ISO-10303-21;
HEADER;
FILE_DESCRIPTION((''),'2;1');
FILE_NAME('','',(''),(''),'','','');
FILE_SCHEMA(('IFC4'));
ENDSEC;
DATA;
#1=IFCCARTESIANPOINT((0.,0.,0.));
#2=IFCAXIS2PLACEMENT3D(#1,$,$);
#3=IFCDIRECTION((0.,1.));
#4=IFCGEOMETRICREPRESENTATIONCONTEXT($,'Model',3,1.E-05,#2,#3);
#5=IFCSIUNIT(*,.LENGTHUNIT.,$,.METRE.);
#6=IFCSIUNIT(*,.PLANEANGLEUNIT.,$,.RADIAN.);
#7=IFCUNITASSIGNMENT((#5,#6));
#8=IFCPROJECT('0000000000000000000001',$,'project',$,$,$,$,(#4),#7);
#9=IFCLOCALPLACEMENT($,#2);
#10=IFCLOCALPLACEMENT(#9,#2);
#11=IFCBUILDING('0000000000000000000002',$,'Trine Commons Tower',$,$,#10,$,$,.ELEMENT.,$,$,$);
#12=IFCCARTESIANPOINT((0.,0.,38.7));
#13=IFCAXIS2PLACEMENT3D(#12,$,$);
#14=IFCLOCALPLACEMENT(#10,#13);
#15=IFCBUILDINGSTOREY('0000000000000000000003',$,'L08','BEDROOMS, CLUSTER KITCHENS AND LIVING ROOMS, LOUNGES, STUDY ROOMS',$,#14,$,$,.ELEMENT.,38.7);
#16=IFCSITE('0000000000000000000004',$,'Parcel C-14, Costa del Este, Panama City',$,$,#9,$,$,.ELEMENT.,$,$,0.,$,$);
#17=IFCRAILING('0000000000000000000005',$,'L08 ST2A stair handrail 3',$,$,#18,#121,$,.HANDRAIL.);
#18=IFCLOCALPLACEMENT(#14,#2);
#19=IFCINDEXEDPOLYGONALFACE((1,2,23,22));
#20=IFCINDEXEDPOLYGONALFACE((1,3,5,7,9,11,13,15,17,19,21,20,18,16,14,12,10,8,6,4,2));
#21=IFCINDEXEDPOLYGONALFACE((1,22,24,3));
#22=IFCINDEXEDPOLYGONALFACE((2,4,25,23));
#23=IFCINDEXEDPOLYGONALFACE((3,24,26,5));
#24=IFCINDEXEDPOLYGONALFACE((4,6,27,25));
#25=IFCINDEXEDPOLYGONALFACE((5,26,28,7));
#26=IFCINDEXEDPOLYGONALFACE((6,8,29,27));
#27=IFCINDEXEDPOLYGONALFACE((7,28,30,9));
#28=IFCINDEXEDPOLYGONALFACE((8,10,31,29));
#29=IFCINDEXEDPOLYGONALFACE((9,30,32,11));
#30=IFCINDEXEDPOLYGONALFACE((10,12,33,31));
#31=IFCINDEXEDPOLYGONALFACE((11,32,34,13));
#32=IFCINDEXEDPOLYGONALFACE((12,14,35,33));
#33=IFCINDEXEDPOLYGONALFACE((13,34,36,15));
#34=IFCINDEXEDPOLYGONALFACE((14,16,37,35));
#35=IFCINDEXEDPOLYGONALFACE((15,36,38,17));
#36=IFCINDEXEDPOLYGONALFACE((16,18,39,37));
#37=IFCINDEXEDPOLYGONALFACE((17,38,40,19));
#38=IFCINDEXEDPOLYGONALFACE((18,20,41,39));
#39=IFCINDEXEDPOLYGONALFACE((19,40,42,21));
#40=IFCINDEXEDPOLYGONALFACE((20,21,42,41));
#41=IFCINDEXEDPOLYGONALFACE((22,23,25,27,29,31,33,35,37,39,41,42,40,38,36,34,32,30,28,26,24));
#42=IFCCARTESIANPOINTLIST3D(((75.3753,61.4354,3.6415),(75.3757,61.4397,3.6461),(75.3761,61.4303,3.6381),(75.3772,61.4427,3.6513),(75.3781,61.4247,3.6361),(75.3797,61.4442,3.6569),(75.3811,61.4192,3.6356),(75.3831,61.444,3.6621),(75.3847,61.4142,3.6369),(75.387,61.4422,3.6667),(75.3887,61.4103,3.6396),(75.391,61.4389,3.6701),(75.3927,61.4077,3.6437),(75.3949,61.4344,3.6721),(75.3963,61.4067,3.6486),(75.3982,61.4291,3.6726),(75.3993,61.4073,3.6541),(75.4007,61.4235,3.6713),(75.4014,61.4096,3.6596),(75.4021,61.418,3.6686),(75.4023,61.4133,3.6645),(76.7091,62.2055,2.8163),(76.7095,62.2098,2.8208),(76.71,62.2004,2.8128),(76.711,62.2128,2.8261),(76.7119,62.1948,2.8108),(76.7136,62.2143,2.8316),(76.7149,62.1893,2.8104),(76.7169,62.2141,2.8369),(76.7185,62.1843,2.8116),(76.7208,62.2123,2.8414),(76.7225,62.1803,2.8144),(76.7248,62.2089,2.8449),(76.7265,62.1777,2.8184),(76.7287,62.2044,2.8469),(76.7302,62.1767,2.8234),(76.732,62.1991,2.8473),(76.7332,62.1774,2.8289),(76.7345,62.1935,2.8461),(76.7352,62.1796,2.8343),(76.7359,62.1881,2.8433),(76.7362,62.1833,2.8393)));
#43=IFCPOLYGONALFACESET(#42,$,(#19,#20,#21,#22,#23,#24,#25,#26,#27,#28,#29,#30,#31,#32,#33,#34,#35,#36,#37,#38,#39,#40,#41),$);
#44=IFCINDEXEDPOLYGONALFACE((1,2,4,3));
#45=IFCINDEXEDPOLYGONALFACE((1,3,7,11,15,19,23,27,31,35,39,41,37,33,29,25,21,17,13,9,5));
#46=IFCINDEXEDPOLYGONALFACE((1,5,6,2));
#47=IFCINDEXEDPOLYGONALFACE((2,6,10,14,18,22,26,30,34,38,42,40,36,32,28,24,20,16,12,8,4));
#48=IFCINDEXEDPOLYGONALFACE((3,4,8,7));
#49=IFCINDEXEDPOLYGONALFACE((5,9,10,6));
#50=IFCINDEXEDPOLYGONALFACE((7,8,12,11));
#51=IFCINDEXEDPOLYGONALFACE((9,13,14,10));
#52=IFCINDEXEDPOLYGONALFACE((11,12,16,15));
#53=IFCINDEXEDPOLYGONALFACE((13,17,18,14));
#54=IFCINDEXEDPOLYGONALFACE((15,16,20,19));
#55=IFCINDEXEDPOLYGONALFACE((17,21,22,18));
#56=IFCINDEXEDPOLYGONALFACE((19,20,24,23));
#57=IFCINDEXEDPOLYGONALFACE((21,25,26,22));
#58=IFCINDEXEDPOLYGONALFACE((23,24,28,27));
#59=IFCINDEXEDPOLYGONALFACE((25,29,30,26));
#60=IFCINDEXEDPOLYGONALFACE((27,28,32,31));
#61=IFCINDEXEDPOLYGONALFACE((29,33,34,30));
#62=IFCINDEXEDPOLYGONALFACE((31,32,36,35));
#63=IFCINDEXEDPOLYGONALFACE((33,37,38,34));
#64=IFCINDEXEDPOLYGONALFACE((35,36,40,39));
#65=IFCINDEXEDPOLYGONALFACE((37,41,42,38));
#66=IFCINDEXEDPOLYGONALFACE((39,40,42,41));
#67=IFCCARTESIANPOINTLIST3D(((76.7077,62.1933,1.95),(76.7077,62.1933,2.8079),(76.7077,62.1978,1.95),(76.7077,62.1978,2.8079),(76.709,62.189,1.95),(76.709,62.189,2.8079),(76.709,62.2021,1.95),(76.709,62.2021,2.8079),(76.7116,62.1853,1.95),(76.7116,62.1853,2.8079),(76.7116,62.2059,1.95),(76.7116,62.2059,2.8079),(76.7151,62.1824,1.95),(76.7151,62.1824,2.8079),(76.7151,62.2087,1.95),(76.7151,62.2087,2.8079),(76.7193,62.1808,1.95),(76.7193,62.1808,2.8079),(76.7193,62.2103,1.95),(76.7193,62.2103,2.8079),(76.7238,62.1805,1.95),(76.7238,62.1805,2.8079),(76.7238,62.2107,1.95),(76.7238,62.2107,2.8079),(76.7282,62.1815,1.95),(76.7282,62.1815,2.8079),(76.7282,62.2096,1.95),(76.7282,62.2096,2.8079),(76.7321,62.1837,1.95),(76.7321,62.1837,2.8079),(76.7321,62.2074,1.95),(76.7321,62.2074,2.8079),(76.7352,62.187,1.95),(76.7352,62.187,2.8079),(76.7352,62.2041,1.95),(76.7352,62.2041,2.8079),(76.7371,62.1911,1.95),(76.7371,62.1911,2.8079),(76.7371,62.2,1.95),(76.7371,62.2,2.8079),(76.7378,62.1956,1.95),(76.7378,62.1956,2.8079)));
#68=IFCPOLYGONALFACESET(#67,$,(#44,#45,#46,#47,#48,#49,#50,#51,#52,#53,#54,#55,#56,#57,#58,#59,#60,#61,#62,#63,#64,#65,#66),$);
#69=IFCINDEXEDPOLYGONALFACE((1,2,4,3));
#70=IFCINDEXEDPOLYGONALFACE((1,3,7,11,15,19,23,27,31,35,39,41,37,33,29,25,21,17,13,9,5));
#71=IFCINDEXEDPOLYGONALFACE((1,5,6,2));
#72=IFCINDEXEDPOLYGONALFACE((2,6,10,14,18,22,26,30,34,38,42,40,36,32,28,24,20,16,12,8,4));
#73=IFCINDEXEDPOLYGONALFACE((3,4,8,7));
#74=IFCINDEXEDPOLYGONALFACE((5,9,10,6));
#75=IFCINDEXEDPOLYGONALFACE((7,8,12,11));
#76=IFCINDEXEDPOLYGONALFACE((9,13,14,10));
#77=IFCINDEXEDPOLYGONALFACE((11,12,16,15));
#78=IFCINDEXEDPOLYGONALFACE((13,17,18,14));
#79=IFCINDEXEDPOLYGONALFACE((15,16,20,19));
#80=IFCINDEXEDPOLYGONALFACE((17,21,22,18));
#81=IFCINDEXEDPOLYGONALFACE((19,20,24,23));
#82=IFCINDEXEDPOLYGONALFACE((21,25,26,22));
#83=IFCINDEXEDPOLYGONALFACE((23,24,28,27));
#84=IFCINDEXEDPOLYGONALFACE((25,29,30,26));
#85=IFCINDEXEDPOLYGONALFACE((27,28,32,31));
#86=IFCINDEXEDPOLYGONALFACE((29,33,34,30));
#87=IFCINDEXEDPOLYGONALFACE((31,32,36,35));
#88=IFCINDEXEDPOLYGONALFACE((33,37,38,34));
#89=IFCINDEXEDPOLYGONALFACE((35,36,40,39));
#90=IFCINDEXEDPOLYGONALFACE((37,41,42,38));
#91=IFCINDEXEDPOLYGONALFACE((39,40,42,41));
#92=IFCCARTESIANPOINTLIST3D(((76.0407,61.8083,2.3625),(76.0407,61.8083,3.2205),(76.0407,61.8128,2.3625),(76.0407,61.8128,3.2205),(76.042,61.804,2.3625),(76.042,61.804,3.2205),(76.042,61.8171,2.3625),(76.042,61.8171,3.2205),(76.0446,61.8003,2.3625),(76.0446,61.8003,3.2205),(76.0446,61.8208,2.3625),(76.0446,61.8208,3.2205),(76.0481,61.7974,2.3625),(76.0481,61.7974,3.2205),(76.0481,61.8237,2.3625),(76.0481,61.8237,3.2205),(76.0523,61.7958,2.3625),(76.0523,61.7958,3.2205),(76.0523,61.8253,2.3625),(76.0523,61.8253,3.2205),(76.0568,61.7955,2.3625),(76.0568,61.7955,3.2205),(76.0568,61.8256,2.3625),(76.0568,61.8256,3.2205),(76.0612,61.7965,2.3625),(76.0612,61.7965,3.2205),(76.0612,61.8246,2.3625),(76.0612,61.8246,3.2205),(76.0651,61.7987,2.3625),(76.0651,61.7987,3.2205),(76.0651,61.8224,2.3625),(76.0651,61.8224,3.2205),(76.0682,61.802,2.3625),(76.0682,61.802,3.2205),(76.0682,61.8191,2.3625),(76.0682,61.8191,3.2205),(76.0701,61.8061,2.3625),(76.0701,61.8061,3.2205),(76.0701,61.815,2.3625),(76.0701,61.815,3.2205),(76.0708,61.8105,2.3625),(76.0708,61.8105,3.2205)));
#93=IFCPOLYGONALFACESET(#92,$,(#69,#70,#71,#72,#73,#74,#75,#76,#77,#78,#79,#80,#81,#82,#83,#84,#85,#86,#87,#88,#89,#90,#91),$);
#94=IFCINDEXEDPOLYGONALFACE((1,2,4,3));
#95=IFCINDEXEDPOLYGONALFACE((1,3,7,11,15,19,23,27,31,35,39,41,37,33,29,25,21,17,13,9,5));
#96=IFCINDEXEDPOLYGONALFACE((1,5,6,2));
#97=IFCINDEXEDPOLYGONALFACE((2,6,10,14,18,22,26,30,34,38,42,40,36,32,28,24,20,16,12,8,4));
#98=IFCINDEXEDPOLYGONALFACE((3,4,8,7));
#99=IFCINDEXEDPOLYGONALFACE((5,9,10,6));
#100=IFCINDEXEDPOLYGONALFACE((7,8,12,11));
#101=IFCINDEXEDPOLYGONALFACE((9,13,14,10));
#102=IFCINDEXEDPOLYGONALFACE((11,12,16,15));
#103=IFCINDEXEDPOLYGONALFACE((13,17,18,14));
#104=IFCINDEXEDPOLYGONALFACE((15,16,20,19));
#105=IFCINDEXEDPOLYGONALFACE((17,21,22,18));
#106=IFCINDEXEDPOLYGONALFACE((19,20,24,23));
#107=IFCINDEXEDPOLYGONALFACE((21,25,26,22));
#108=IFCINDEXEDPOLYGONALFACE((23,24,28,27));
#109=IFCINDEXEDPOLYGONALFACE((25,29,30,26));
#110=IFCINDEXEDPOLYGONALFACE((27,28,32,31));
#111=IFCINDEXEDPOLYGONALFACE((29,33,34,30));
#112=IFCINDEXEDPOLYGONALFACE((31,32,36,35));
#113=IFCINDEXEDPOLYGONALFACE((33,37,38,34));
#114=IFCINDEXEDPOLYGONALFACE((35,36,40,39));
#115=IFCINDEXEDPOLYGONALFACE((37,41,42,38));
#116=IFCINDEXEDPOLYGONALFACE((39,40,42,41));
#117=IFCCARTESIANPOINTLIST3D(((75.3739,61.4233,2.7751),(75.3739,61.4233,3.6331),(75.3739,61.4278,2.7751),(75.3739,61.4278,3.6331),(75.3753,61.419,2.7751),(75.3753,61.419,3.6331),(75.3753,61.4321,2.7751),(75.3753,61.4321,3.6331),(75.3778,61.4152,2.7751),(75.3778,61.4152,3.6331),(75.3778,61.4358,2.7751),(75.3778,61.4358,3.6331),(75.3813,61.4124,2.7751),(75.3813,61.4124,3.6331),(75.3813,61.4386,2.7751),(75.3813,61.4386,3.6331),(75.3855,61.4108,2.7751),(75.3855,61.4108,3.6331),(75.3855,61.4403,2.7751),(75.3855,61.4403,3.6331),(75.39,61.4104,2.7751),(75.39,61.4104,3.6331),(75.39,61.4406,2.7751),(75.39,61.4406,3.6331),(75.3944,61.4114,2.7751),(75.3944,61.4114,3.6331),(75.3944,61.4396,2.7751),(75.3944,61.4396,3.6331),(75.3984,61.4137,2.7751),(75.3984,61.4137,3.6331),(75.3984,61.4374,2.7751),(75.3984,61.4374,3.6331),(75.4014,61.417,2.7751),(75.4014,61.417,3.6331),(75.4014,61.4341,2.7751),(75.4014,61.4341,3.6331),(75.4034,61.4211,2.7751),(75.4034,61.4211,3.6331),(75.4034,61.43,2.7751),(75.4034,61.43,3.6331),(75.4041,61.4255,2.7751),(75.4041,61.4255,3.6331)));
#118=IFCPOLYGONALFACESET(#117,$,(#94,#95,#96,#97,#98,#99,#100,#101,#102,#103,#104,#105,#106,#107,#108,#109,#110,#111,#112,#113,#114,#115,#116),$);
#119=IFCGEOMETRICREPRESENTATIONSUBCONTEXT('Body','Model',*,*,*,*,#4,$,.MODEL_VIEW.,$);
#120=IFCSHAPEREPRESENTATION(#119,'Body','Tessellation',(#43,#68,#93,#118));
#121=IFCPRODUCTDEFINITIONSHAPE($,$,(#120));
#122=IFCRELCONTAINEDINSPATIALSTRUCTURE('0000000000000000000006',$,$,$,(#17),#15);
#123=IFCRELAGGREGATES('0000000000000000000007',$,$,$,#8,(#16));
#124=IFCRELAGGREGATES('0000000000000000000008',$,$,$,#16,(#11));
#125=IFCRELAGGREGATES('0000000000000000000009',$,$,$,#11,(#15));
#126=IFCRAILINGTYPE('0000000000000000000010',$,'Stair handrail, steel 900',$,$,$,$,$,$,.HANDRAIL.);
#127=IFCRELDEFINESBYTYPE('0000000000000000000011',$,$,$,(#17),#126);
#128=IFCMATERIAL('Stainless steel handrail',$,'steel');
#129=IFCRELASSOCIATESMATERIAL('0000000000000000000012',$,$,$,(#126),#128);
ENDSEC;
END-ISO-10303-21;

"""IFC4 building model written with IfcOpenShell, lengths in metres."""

from ifc_helpers import new_model, si_unit, direction, frame, origin, origin_2d, place, context, subcontext, project, spatial, circle, extrude, material, type_object, element, save


model = new_model("IFC4")

# Units and contexts
model_context = context("Model", 3, precision=1e-05, world=origin(), true_north=direction((0.0, 1.0)))
body_context = subcontext(model_context, "Body", "Model", "MODEL_VIEW")
ifc_project = project(units=[si_unit("LENGTHUNIT", "METRE"), si_unit("PLANEANGLEUNIT", "RADIAN")], contexts=[model_context])

# Site, building, storey
site_placement = place(None, origin())
site = spatial("IfcSite", under=ifc_project, at=site_placement, Name="Parcel C-14, Costa del Este, Panama City", CompositionType="ELEMENT", RefElevation=0.0)
building_placement = place(site_placement, origin())
building = spatial("IfcBuilding", under=site, at=building_placement, Name="Trine Commons Tower", CompositionType="ELEMENT")
storey_placement = place(building_placement, frame((0.0, 0.0, 38.7)))
storey = spatial("IfcBuildingStorey", under=building, at=storey_placement, Name="L08", Description="BEDROOMS, CLUSTER KITCHENS AND LIVING ROOMS, LOUNGES, STUDY ROOMS", CompositionType="ELEMENT", Elevation=38.7)

# Railing
ifc_material_1 = material(Name="Stainless steel handrail", Category="steel")
railing_type_1 = type_object("IfcRailingType", Name="Stair handrail, steel 900", PredefinedType="HANDRAIL", material=ifc_material_1)
railing_1_placement = place(storey_placement, frame((76.7227, 62.1956, 1.95)))
element("IfcRailing", 1, at=railing_1_placement, inside=storey, type_object=railing_type_1, Name="L08 ST2A stair handrail 3", PredefinedType="HANDRAIL", context=body_context, shape_type="SweptSolid", body=[
    extrude(circle(Radius=0.021, at=origin_2d()), frame((0.0, 0.0, 0.8789), z_axis=(-0.763355, -0.440714, 0.472293), x_axis=(0.499992, -0.86603, 0.0)), (0.0, 0.0, 1.0), 1.7473),
    extrude(circle(Radius=0.0151, at=origin_2d()), origin(), (0.0, 0.0, 1.0), 0.8579),
    extrude(circle(Radius=0.0151, at=origin_2d()), frame((-0.667, -0.385, 0.4126)), (0.0, 0.0, 1.0), 0.8579),
    extrude(circle(Radius=0.0151, at=origin_2d()), frame((-1.3337, -0.77, 0.8252)), (0.0, 0.0, 1.0), 0.8579),
])

save(model, "model.ifc")
